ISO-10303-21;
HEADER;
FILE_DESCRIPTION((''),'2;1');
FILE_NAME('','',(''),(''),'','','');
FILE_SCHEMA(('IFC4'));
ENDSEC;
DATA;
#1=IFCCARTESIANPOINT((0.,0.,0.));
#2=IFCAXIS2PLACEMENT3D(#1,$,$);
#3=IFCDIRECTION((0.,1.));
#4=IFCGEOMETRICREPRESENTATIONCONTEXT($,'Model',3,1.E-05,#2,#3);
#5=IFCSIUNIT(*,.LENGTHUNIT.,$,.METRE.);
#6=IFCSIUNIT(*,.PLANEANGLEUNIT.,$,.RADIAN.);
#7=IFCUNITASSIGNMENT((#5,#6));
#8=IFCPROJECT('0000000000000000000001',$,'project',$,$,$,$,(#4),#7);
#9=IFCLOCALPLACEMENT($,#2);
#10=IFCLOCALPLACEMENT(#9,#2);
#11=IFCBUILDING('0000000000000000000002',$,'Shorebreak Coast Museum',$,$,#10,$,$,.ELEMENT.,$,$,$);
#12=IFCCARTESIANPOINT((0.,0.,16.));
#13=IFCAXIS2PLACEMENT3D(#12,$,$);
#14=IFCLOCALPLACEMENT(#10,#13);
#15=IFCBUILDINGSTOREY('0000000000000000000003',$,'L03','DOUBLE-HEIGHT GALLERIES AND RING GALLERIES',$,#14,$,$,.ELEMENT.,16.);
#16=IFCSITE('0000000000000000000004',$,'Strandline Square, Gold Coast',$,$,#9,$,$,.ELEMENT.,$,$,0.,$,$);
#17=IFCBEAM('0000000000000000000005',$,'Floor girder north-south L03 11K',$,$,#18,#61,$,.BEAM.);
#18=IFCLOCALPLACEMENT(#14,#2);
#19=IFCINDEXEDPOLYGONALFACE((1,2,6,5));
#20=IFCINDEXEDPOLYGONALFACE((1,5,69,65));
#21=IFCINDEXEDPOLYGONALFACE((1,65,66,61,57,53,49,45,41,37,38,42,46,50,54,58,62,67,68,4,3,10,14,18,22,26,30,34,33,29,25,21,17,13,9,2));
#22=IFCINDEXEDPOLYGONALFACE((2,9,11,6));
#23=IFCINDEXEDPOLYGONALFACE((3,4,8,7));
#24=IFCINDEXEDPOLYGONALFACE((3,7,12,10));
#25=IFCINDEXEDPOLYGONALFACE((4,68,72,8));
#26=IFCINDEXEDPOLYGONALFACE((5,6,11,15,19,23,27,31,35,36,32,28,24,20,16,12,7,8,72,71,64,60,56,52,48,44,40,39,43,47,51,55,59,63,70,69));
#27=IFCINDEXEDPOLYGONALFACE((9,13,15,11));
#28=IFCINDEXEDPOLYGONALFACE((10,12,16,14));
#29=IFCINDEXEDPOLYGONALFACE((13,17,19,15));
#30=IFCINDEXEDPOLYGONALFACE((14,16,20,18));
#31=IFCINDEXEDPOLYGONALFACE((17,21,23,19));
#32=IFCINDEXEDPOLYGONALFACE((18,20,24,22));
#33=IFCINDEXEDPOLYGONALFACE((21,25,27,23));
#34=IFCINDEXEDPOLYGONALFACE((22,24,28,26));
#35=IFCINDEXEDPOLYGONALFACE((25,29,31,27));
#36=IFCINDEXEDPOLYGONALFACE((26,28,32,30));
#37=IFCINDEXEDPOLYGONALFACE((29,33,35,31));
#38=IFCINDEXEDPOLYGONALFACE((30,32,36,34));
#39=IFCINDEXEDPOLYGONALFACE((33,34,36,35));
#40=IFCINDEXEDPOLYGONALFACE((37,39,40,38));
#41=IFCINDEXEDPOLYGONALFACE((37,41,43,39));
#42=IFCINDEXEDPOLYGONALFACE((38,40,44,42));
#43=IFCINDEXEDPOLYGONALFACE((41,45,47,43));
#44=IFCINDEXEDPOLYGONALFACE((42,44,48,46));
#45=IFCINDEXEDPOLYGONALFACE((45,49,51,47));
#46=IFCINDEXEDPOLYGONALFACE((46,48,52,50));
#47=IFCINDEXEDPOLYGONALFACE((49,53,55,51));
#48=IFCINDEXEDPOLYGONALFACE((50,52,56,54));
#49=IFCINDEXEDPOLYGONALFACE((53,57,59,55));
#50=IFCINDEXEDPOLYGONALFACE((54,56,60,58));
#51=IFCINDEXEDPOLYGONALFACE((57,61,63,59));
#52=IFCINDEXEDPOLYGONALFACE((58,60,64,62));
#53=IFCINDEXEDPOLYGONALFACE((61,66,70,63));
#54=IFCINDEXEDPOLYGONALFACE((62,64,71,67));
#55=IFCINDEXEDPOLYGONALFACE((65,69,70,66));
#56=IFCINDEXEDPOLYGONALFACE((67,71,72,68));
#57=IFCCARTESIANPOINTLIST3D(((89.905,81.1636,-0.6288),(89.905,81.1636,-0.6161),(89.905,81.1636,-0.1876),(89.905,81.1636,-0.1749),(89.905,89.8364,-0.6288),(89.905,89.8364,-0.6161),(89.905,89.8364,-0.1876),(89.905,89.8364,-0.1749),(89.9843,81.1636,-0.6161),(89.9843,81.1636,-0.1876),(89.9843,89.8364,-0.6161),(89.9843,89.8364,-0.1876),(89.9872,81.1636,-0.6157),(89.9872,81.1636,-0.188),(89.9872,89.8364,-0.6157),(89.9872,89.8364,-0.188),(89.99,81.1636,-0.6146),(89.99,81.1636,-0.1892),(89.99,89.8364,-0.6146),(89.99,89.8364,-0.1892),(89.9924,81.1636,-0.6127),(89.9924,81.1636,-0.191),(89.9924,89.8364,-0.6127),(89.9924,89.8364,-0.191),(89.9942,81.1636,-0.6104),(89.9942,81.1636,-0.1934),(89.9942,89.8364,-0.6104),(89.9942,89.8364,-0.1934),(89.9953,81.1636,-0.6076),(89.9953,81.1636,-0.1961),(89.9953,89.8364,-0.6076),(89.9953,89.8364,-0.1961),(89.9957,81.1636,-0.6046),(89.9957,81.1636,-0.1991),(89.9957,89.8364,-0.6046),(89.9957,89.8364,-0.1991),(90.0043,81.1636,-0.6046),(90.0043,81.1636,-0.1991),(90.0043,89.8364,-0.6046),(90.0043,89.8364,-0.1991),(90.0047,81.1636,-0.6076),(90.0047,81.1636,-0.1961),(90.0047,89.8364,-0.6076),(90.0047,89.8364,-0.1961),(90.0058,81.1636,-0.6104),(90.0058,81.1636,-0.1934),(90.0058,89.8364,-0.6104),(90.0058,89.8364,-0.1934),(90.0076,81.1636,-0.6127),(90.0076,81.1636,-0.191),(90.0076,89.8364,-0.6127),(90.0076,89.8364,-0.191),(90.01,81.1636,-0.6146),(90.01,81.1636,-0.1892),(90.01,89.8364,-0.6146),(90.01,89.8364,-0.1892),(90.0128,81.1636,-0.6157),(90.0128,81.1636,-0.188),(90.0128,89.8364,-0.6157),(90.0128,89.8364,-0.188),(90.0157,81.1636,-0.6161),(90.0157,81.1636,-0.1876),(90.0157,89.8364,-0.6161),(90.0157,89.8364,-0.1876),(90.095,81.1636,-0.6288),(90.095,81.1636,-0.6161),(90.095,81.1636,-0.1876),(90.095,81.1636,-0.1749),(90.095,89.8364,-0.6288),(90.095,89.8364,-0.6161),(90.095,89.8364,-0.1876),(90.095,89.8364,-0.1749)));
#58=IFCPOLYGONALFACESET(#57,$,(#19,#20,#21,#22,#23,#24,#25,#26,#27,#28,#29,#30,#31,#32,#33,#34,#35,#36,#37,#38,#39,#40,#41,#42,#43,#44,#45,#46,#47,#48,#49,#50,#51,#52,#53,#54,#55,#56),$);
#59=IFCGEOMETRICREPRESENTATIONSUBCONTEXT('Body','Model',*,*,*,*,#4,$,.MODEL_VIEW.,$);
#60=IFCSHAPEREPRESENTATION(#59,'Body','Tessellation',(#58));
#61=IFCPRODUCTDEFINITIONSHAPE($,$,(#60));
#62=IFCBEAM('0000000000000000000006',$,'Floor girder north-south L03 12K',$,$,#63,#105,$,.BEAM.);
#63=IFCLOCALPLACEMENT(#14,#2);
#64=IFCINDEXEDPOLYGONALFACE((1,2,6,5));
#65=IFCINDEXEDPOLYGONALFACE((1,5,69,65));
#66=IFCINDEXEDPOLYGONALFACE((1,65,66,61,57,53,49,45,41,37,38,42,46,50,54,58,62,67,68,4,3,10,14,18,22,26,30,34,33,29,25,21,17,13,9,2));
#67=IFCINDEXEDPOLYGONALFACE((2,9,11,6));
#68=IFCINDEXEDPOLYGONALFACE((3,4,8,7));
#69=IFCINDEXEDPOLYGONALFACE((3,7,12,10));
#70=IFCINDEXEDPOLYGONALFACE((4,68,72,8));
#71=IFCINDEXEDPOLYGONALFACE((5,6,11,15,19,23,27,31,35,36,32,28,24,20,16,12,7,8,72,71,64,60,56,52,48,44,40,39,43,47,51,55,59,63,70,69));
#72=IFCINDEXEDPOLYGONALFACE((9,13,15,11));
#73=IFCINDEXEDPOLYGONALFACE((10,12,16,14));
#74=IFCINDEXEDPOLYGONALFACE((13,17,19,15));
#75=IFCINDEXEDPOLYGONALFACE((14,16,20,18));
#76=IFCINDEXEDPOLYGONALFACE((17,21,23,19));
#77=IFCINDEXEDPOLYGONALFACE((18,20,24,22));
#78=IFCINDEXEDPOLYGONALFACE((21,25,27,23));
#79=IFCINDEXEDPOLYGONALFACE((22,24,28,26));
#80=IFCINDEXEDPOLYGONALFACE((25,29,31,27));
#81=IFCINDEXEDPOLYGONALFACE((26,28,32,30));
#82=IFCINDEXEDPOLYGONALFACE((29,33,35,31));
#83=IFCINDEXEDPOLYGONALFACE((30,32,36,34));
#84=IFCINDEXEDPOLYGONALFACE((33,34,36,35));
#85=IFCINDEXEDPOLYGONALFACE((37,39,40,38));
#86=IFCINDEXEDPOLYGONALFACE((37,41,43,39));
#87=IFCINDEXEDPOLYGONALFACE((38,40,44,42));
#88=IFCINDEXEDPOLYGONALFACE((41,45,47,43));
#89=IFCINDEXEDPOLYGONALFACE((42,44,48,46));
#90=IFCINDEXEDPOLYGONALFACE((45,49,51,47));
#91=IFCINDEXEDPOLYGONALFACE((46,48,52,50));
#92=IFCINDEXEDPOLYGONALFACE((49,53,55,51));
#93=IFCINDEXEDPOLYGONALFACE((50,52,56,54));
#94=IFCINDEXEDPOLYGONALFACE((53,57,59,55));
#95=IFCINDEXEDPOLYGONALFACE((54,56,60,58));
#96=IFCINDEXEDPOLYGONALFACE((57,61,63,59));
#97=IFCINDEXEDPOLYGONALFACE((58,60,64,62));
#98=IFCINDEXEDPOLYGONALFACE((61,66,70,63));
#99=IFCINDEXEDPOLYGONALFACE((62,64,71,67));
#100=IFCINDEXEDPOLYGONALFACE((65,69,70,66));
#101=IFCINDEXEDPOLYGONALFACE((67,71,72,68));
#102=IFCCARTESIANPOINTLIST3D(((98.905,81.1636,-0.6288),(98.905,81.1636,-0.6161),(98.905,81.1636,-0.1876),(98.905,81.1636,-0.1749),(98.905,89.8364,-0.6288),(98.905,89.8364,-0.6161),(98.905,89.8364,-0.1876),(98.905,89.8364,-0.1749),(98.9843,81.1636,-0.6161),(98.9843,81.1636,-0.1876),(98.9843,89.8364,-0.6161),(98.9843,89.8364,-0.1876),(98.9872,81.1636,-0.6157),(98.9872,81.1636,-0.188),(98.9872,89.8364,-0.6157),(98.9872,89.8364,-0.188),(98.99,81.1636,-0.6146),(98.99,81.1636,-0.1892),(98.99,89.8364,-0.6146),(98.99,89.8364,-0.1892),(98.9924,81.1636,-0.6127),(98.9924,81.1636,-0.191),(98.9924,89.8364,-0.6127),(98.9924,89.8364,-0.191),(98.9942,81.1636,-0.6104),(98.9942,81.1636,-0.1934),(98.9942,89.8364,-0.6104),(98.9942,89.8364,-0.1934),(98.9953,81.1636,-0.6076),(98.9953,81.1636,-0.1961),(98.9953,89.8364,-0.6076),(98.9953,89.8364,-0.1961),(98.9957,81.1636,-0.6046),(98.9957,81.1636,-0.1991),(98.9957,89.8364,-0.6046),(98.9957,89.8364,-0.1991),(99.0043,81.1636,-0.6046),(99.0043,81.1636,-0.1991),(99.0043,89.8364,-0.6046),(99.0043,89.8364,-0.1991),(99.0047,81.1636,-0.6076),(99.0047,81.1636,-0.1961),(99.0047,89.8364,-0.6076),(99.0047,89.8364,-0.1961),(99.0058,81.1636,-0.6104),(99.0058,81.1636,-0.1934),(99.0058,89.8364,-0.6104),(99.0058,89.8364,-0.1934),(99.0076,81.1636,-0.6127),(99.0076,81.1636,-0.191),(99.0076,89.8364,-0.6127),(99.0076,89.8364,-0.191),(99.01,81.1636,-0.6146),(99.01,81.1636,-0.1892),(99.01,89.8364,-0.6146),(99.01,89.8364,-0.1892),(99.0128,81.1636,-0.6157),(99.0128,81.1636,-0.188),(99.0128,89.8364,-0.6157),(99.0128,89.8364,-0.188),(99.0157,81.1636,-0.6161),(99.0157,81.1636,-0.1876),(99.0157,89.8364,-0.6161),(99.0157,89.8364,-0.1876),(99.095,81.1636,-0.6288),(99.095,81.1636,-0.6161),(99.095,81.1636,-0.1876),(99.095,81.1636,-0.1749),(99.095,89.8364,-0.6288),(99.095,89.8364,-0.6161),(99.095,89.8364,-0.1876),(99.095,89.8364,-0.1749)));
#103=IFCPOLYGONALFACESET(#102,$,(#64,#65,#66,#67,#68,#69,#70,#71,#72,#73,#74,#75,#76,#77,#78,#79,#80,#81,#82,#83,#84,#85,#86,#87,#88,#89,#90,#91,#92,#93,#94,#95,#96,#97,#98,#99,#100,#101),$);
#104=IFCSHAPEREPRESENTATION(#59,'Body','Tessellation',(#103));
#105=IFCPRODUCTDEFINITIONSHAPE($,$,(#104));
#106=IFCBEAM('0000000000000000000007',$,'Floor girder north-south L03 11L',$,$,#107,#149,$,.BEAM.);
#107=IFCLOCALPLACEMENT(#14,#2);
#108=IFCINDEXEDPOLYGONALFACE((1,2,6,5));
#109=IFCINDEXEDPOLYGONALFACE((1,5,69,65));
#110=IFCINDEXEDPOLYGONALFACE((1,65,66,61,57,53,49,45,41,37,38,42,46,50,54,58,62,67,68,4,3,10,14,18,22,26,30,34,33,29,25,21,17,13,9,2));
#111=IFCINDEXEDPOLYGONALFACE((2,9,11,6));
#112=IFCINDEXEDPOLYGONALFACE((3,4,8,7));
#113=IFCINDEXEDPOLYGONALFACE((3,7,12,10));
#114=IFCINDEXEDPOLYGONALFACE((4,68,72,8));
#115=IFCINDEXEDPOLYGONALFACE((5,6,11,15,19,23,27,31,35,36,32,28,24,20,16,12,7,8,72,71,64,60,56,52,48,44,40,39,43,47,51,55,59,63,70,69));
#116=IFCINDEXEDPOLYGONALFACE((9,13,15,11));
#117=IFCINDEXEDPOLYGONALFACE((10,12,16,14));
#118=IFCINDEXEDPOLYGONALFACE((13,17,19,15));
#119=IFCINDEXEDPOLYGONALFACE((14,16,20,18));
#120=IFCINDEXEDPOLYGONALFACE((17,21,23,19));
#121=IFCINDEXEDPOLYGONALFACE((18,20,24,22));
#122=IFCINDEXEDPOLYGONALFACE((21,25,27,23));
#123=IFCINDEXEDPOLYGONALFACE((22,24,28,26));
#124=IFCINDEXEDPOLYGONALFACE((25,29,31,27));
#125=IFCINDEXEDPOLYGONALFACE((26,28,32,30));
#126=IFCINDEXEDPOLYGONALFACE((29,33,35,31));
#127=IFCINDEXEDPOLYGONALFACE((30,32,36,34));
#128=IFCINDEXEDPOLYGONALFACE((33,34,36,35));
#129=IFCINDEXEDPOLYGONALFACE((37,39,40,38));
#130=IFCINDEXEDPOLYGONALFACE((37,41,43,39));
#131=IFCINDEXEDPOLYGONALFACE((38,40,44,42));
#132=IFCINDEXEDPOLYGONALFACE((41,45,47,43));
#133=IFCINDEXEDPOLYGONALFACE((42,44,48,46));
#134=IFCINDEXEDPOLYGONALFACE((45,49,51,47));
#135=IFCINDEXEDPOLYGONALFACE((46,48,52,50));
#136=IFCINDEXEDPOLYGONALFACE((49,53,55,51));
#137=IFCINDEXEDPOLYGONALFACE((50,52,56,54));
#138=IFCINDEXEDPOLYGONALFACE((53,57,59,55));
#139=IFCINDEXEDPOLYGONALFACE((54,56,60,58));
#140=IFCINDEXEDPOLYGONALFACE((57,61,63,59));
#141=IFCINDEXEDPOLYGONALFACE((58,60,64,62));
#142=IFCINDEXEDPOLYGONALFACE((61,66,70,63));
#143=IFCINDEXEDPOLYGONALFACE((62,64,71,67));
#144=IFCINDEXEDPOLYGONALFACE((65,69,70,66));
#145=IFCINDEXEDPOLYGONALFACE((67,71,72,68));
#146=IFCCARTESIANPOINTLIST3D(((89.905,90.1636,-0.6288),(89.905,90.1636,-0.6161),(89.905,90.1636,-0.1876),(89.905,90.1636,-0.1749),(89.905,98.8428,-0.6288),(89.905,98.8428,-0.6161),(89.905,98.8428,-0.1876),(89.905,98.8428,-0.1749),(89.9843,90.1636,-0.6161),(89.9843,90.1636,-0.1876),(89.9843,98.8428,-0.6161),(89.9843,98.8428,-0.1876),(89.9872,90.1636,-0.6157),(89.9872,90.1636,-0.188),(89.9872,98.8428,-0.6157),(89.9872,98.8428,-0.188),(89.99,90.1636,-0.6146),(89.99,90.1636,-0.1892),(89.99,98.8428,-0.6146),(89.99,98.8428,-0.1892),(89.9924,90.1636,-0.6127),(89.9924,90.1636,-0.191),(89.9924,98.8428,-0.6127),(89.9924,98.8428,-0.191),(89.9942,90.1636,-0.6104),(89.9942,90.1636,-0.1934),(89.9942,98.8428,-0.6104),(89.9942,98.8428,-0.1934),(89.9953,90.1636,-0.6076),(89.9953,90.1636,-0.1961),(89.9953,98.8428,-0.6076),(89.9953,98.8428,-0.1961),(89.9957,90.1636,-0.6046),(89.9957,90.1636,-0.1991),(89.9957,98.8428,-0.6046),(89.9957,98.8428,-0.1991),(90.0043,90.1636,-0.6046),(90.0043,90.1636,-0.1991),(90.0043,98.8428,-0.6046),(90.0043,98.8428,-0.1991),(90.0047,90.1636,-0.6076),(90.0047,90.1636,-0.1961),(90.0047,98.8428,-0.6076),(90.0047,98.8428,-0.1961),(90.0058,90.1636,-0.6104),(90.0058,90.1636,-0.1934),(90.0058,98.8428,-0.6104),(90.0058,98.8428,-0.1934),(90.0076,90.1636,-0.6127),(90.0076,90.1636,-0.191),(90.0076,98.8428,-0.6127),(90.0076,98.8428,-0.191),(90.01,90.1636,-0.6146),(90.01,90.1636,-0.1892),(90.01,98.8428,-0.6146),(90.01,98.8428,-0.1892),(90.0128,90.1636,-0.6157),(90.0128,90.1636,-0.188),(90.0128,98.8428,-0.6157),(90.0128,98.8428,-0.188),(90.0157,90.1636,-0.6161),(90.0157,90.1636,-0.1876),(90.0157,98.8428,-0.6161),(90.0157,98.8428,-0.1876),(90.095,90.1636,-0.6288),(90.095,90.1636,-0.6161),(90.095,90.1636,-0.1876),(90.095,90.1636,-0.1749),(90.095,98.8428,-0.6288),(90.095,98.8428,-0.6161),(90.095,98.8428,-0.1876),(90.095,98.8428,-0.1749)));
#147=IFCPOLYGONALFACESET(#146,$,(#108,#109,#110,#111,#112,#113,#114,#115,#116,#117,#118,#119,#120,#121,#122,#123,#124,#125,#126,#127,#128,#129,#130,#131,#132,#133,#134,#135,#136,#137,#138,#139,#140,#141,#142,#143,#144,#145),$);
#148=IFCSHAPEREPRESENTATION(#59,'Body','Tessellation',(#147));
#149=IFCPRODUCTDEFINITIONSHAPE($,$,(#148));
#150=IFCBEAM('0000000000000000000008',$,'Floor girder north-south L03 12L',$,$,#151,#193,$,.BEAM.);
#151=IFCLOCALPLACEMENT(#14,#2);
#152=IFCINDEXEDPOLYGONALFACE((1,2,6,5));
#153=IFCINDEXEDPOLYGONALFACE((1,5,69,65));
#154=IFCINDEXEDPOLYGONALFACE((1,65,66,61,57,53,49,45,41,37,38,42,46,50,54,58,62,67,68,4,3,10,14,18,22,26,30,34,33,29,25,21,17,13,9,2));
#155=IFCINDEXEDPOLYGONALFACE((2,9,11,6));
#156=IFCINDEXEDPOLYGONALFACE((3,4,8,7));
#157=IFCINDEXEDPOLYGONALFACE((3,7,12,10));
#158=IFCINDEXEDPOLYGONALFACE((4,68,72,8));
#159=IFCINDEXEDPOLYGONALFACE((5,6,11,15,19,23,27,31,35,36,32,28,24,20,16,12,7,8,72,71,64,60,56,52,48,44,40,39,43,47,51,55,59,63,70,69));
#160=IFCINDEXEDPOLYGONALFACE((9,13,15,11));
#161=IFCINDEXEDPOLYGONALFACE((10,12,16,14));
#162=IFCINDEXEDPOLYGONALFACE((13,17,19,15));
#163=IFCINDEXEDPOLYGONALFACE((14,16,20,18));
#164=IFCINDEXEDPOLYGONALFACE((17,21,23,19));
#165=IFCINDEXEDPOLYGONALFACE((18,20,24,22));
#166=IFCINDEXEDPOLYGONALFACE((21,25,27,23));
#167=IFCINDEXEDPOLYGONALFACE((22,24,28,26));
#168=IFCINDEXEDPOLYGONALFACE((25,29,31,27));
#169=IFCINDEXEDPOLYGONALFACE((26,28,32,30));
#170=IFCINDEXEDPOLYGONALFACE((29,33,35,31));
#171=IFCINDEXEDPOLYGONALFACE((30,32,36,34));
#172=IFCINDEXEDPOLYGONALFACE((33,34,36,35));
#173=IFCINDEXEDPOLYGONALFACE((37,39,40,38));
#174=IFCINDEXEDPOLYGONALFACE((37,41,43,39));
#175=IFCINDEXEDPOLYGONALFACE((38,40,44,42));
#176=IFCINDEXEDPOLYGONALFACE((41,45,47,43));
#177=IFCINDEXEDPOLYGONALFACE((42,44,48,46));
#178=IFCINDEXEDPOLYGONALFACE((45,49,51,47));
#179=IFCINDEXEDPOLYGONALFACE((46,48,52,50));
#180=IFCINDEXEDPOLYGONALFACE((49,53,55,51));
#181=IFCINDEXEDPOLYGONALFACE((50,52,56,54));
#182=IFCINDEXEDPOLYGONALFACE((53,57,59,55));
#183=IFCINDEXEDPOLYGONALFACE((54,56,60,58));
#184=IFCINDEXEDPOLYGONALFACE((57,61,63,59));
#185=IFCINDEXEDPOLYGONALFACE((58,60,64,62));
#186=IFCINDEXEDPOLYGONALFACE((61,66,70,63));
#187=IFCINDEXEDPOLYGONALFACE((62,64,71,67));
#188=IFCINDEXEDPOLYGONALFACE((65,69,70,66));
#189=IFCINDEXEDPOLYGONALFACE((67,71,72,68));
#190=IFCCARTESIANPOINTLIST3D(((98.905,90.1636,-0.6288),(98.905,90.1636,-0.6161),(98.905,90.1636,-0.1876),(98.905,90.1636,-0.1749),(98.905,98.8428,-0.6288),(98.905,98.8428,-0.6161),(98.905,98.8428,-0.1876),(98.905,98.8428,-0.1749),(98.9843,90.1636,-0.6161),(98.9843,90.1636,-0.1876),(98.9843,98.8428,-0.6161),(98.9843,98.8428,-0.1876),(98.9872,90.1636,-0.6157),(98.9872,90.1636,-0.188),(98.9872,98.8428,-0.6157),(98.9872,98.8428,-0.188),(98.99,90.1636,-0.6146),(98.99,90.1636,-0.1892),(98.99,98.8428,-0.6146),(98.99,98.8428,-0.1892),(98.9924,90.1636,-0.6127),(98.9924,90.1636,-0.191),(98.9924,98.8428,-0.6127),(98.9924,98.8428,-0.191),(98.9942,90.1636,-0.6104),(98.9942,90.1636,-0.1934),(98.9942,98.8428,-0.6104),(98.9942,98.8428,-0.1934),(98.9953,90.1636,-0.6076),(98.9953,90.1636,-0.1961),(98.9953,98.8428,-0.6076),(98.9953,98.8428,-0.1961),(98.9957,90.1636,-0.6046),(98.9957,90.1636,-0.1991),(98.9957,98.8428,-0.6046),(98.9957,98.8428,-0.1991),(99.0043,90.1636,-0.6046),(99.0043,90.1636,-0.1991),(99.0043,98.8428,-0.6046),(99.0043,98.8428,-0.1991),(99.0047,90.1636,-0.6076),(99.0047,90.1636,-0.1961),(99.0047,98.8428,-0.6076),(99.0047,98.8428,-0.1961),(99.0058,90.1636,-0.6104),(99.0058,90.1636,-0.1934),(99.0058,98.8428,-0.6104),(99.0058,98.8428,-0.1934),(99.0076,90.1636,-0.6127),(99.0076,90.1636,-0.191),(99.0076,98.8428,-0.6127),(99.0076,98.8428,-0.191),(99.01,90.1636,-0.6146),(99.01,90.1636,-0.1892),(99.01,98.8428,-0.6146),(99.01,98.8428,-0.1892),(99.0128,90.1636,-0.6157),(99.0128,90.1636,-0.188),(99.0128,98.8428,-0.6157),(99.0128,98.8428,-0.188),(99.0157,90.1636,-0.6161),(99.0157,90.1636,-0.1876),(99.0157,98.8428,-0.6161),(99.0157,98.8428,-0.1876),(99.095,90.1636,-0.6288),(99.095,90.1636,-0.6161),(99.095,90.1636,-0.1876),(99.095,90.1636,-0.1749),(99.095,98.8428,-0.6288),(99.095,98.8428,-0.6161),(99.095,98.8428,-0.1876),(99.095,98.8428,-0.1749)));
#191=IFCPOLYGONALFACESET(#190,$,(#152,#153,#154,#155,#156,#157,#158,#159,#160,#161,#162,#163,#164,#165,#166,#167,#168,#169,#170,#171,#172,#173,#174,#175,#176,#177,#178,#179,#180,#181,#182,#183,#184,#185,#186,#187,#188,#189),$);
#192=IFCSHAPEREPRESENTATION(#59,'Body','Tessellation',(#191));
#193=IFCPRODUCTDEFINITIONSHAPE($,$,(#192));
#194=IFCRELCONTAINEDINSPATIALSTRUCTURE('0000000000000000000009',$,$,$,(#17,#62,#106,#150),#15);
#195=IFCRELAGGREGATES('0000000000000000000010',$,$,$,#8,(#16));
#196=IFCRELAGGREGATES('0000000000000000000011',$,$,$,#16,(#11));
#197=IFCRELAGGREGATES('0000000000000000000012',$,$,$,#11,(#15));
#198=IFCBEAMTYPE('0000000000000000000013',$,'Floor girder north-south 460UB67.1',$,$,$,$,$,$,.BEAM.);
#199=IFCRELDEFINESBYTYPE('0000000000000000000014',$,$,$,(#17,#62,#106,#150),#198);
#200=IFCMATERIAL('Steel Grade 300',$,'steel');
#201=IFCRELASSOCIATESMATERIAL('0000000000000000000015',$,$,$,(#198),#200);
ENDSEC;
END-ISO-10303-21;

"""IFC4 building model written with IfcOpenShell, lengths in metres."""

from ifc_helpers import new_model, si_unit, direction, frame, origin, origin_2d, place, context, subcontext, project, spatial, i_section, extrude, material, material_profile, profile_set, type_object, element, save


model = new_model("IFC4")

# Units and contexts
model_context = context("Model", 3, precision=1e-05, world=origin(), true_north=direction((0.0, 1.0)))
body_context = subcontext(model_context, "Body", "Model", "MODEL_VIEW")
ifc_project = project(units=[si_unit("LENGTHUNIT", "METRE"), si_unit("PLANEANGLEUNIT", "RADIAN")], contexts=[model_context])

# Site, building, storey
site_placement = place(None, origin())
site = spatial("IfcSite", under=ifc_project, at=site_placement, Name="Strandline Square, Gold Coast", CompositionType="ELEMENT", RefElevation=0.0)
building_placement = place(site_placement, origin())
building = spatial("IfcBuilding", under=site, at=building_placement, Name="Shorebreak Coast Museum", CompositionType="ELEMENT")
storey_placement = place(building_placement, frame((0.0, 0.0, 16.0)))
storey = spatial("IfcBuildingStorey", under=building, at=storey_placement, Name="L03", Description="DOUBLE-HEIGHT GALLERIES AND RING GALLERIES", CompositionType="ELEMENT", Elevation=16.0)

# Beams
ifc_material_1 = material(Name="Steel Grade 300", Category="steel")
ifc_material_profile_1 = material_profile(ifc_material_1, i_section(OverallWidth=0.1899, OverallDepth=0.4539, WebThickness=0.0085, FlangeThickness=0.0127, FilletRadius=0.0115, at=origin_2d()), Name="460UB67.1")
ifc_profile_set_1 = profile_set([ifc_material_profile_1], Name="Steel Grade 300")
beam_type_1 = type_object("IfcBeamType", Name="Floor girder north-south 460UB67.1", PredefinedType="BEAM", material=ifc_profile_set_1)
for number, where, z_axis, x_axis, name in (
    (1, (90.0, 81.1636, -0.4019), (0.0, 1.0, 0.0), (-1.0, 0.0, 0.0), "Floor girder north-south L03 11K"),
    (2, (99.0, 81.1636, -0.4019), (0.0, 1.0, 0.0), (-1.0, 0.0, 0.0), "Floor girder north-south L03 12K"),
):
    element("IfcBeam", number, at=place(storey_placement, frame(where, z_axis=z_axis, x_axis=x_axis)), inside=storey, type_object=beam_type_1, Name=name, PredefinedType="BEAM", context=body_context, shape_type="SweptSolid", body=[
        extrude(i_section(OverallWidth=0.1899, OverallDepth=0.4539, WebThickness=0.0085, FlangeThickness=0.0127, FilletRadius=0.0115, at=origin_2d()), origin(), (0.0, 0.0, 1.0), 8.6729),
    ])
for number, where, z_axis, x_axis, name in (
    (3, (90.0, 90.1636, -0.4019), (0.0, 1.0, 0.0), (-1.0, 0.0, 0.0), "Floor girder north-south L03 11L"),
    (4, (99.0, 90.1636, -0.4019), (0.0, 1.0, 0.0), (-1.0, 0.0, 0.0), "Floor girder north-south L03 12L"),
):
    element("IfcBeam", number, at=place(storey_placement, frame(where, z_axis=z_axis, x_axis=x_axis)), inside=storey, type_object=beam_type_1, Name=name, PredefinedType="BEAM", context=body_context, shape_type="SweptSolid", body=[
        extrude(i_section(OverallWidth=0.1899, OverallDepth=0.4539, WebThickness=0.0085, FlangeThickness=0.0127, FilletRadius=0.0115, at=origin_2d()), origin(), (0.0, 0.0, 1.0), 8.6792),
    ])

save(model, "model.ifc")
